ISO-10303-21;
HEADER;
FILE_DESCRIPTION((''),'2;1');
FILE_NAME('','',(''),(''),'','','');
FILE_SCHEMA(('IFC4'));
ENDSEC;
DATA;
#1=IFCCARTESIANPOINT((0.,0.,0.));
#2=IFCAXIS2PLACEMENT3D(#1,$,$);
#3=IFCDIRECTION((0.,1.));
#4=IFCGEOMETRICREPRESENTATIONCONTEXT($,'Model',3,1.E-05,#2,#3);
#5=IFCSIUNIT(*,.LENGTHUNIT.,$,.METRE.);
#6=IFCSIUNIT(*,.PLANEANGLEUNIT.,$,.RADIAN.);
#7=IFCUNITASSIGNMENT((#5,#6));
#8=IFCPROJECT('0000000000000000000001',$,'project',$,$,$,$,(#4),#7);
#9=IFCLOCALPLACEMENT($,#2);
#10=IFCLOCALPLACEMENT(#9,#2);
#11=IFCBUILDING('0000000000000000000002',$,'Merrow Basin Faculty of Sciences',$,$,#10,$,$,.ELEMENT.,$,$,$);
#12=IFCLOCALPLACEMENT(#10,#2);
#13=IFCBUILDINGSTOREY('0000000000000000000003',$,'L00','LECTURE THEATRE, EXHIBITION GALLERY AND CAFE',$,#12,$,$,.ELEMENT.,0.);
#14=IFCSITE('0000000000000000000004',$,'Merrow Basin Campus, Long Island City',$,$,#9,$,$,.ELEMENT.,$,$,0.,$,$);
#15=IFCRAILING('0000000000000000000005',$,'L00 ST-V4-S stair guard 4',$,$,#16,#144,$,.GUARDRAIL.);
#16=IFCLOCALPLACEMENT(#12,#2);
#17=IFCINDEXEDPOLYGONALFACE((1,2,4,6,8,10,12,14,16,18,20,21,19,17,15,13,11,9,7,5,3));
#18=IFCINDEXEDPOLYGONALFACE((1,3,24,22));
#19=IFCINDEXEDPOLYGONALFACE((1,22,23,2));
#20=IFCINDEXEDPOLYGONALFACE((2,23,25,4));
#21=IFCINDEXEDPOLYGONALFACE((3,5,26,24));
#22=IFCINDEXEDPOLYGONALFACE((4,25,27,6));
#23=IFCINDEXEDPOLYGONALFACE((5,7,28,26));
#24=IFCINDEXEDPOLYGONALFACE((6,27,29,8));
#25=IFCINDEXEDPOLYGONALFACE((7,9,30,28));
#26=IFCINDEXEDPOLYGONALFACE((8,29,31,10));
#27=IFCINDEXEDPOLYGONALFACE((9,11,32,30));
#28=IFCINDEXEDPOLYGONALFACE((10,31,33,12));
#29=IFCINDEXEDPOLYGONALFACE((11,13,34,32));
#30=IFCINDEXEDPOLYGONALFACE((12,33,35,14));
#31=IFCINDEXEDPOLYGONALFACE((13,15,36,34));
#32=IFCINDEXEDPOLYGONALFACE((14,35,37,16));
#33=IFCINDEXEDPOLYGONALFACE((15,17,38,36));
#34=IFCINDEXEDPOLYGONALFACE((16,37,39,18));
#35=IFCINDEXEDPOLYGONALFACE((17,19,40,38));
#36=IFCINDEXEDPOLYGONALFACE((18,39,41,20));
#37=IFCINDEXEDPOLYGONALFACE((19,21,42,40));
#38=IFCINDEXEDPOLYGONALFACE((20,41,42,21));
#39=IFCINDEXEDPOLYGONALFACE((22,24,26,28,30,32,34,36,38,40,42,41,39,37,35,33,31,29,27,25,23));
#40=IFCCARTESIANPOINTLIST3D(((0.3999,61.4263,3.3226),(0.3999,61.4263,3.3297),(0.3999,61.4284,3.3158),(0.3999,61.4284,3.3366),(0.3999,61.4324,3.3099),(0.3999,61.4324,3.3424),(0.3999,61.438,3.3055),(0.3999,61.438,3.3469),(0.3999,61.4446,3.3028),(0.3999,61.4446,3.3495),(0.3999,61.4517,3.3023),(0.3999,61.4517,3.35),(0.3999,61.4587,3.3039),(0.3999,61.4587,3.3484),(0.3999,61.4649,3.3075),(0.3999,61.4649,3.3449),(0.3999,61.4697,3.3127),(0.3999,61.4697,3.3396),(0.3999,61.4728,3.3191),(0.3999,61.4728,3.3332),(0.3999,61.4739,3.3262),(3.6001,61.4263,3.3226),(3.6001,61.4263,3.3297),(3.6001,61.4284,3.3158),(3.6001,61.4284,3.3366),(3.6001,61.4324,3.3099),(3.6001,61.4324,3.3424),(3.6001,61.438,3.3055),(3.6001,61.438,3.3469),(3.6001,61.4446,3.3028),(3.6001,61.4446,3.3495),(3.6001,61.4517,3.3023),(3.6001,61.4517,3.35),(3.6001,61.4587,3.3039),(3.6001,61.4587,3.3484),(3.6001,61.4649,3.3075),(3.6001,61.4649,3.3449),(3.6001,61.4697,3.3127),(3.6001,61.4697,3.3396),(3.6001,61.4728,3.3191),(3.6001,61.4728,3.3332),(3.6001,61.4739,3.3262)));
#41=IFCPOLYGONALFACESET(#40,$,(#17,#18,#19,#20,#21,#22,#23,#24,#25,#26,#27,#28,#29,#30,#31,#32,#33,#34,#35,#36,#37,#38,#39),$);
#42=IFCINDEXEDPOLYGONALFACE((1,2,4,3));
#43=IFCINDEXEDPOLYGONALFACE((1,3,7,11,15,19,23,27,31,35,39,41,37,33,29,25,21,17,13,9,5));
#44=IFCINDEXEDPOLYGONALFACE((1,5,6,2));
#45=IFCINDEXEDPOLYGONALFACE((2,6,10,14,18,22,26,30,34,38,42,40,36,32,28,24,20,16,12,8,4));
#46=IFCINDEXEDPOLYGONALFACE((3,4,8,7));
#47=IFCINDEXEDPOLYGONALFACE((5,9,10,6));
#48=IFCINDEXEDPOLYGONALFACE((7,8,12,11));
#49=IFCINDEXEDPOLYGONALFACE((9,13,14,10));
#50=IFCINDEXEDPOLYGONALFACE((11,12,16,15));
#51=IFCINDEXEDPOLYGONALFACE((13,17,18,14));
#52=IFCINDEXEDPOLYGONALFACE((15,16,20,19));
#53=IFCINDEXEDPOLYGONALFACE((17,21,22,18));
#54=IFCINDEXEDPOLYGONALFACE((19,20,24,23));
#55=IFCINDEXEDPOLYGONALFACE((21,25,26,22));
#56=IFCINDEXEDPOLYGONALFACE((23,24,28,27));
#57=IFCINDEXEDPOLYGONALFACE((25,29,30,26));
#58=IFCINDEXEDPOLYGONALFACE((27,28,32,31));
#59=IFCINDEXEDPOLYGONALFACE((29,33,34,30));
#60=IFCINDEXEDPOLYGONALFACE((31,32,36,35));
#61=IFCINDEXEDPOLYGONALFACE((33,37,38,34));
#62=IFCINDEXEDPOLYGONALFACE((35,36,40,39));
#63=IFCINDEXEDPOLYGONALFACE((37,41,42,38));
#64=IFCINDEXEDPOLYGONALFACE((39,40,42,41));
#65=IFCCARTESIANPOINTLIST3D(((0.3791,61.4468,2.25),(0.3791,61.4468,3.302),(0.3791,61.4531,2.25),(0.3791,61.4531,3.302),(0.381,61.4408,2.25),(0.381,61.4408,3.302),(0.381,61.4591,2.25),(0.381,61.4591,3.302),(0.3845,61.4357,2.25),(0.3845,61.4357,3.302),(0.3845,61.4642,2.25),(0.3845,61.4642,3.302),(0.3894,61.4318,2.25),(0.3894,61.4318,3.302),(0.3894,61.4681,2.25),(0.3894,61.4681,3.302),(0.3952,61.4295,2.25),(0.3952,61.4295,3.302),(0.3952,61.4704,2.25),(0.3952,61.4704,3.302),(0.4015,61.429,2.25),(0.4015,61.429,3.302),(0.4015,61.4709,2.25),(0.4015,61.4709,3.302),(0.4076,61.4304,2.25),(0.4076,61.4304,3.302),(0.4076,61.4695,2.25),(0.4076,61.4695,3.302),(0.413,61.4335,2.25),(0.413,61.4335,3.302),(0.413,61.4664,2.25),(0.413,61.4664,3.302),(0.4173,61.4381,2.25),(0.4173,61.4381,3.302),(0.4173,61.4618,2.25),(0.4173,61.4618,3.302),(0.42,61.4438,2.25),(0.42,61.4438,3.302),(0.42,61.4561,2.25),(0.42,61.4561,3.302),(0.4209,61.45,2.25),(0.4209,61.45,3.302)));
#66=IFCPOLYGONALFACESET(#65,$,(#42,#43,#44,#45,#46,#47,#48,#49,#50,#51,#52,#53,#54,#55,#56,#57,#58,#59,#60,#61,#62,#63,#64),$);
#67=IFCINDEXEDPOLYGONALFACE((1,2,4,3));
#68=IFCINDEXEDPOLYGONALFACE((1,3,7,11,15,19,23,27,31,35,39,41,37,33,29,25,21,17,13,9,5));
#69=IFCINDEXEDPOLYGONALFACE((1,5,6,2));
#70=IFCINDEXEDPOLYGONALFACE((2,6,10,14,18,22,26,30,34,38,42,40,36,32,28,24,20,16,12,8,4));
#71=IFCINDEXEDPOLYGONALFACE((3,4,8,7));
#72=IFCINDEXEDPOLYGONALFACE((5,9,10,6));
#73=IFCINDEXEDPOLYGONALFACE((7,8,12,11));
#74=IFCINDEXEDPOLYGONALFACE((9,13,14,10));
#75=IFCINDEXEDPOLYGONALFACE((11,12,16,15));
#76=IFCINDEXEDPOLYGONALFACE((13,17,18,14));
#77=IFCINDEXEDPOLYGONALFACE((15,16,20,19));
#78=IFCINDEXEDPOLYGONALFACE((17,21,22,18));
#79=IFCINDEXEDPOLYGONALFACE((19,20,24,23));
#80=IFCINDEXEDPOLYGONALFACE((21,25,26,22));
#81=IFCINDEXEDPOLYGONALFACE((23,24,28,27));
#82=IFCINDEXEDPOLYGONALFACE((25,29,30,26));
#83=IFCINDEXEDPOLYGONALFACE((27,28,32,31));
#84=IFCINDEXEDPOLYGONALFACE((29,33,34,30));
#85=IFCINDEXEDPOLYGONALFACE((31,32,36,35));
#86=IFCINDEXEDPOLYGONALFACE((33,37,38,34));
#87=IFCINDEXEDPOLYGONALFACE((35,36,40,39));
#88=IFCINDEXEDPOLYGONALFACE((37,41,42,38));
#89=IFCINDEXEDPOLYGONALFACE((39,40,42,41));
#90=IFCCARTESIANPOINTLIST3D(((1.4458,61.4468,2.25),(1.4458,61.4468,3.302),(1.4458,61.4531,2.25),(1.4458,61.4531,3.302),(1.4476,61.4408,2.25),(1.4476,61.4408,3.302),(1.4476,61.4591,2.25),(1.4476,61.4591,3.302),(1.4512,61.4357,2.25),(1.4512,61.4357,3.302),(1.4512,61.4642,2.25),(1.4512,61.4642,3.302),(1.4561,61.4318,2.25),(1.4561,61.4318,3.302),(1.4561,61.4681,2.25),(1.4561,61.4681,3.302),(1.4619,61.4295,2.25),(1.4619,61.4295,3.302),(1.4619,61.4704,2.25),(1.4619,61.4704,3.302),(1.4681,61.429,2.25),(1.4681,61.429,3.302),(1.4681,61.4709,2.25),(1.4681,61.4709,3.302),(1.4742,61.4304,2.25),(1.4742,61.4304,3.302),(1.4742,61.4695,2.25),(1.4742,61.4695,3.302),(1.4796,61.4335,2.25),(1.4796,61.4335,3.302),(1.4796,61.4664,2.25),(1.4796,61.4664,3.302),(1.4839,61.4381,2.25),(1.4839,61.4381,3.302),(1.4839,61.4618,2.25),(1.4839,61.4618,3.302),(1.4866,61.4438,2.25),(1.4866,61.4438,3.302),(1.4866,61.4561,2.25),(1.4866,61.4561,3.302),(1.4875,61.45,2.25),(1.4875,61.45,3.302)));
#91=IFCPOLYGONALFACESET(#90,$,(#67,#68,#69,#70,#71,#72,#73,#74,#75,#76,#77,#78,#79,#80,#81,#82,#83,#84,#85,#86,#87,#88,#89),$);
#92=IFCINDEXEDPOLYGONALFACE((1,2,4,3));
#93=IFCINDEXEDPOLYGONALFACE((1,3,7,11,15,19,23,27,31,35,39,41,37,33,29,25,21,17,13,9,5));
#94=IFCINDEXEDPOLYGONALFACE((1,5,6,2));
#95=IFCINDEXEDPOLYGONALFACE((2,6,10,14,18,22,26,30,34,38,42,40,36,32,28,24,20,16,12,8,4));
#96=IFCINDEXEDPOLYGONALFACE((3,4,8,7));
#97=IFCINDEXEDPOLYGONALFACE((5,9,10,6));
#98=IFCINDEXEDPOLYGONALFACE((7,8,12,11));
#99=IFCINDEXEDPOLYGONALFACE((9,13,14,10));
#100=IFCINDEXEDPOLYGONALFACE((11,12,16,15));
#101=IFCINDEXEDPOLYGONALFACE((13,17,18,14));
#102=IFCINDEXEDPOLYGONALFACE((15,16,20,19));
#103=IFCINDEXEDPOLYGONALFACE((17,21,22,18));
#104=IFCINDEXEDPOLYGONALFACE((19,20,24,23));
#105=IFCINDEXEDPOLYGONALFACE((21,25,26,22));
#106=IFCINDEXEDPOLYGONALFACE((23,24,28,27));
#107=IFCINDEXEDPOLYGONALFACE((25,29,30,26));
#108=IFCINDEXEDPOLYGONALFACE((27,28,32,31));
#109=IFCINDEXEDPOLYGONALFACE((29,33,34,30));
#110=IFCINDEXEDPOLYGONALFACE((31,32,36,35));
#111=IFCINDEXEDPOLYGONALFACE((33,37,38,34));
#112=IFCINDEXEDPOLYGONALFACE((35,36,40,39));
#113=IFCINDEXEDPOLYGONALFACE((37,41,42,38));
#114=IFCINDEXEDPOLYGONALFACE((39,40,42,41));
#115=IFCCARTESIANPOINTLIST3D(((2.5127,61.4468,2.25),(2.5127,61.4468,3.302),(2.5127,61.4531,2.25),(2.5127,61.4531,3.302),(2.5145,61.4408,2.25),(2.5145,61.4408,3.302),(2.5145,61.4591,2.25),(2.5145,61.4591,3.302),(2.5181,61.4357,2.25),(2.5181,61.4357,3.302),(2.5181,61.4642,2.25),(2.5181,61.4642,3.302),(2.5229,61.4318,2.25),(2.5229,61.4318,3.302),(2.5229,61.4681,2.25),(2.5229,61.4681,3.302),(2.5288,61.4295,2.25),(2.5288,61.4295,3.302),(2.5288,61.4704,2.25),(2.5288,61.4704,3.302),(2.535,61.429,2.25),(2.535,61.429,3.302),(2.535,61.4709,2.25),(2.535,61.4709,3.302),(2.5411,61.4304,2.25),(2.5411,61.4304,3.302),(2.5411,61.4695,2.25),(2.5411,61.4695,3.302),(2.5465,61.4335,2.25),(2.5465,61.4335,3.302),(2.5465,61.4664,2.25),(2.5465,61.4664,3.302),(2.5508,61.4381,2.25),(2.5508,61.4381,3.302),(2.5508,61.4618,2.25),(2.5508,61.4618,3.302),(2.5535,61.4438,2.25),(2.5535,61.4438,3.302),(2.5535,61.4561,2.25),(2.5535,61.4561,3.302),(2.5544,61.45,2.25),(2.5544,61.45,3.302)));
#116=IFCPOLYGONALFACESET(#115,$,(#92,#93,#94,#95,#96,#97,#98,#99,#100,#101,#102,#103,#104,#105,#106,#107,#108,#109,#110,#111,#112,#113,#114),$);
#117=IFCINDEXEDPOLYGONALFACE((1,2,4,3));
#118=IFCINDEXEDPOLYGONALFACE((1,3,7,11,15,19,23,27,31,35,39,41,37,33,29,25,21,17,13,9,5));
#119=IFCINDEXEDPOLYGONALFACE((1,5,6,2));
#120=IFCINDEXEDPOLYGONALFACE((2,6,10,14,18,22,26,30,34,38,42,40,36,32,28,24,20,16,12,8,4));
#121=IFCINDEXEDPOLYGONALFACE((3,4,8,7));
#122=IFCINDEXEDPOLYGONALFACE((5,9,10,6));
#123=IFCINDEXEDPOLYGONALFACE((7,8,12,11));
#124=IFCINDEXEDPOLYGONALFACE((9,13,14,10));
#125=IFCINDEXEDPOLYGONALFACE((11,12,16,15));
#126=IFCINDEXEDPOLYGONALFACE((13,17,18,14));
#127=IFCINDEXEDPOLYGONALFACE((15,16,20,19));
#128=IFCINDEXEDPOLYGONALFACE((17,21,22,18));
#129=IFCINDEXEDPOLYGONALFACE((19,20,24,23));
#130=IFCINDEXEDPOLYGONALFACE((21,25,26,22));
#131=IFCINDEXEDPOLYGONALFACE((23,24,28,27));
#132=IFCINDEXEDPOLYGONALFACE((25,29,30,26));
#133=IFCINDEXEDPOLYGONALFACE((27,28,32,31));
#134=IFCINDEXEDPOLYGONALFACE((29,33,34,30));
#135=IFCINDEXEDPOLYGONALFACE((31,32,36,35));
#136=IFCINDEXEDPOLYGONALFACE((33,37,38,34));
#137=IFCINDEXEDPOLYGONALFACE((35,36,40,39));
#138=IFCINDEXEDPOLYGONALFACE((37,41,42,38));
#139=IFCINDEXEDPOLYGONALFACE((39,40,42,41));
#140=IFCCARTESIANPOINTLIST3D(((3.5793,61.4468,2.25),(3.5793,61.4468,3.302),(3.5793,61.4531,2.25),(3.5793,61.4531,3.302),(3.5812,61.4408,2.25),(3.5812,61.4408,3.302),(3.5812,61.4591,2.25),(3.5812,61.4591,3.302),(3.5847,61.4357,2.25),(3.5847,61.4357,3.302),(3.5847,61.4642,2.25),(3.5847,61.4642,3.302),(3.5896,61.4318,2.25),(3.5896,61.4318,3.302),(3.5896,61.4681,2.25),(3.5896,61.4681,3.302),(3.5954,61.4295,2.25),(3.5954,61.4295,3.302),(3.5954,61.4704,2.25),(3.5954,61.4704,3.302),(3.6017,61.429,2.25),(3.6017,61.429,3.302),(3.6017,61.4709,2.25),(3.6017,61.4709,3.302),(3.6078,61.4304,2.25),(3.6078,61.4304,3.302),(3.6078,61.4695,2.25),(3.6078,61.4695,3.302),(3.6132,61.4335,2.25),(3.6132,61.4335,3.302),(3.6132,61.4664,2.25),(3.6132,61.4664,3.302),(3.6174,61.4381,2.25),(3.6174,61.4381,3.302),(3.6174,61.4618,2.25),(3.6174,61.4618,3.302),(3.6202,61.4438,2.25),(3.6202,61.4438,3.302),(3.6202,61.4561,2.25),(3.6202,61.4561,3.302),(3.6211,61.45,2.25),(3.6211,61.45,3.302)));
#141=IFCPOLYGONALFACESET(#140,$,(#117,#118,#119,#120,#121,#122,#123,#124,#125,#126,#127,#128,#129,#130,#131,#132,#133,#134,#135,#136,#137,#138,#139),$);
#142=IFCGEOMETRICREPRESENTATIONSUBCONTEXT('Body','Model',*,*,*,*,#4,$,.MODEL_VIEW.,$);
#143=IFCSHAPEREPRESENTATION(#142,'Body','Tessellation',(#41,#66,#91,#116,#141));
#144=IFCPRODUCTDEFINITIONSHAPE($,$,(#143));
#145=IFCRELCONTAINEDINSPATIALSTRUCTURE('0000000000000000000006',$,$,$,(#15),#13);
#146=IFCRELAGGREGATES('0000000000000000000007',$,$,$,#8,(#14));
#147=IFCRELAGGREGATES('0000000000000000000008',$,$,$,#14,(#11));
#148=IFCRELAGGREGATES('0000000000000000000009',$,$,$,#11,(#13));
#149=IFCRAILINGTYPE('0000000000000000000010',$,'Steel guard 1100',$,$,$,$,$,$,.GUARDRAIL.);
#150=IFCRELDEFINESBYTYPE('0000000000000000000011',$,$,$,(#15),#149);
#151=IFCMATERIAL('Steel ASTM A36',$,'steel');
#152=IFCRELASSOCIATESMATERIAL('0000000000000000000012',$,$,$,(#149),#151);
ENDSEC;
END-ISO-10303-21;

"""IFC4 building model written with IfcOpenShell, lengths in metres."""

from ifc_helpers import new_model, si_unit, direction, frame, origin, origin_2d, place, context, subcontext, project, spatial, circle, extrude, material, type_object, element, save


model = new_model("IFC4")

# Units and contexts
model_context = context("Model", 3, precision=1e-05, world=origin(), true_north=direction((0.0, 1.0)))
body_context = subcontext(model_context, "Body", "Model", "MODEL_VIEW")
ifc_project = project(units=[si_unit("LENGTHUNIT", "METRE"), si_unit("PLANEANGLEUNIT", "RADIAN")], contexts=[model_context])

# Site, building, storey
site_placement = place(None, origin())
site = spatial("IfcSite", under=ifc_project, at=site_placement, Name="Merrow Basin Campus, Long Island City", CompositionType="ELEMENT", RefElevation=0.0)
building_placement = place(site_placement, origin())
building = spatial("IfcBuilding", under=site, at=building_placement, Name="Merrow Basin Faculty of Sciences", CompositionType="ELEMENT")
storey_placement = place(building_placement, origin())
storey = spatial("IfcBuildingStorey", under=building, at=storey_placement, Name="L00", Description="LECTURE THEATRE, EXHIBITION GALLERY AND CAFE", CompositionType="ELEMENT", Elevation=0.0)

# Railing
ifc_material_1 = material(Name="Steel ASTM A36", Category="steel")
railing_type_1 = type_object("IfcRailingType", Name="Steel guard 1100", PredefinedType="GUARDRAIL", material=ifc_material_1)
railing_1_placement = place(storey_placement, frame((0.3999, 61.45, 2.25)))
element("IfcRailing", 1, at=railing_1_placement, inside=storey, type_object=railing_type_1, Name="L00 ST-V4-S stair guard 4", PredefinedType="GUARDRAIL", context=body_context, shape_type="SweptSolid", body=[
    extrude(circle(Radius=0.0239, at=origin_2d()), frame((0.0, 0.0, 1.0762), z_axis=(1.0, 0.0, 0.0), x_axis=(0.0, 1.0, 0.0)), (0.0, 0.0, 1.0), 3.2002),
    extrude(circle(Radius=0.021, at=origin_2d()), origin(), (0.0, 0.0, 1.0), 1.052),
    extrude(circle(Radius=0.021, at=origin_2d()), frame((1.0667, 0.0, 0.0)), (0.0, 0.0, 1.0), 1.052),
    extrude(circle(Radius=0.021, at=origin_2d()), frame((2.1335, 0.0, 0.0)), (0.0, 0.0, 1.0), 1.052),
    extrude(circle(Radius=0.021, at=origin_2d()), frame((3.2002, 0.0, 0.0)), (0.0, 0.0, 1.0), 1.052),
])

save(model, "model.ifc")
